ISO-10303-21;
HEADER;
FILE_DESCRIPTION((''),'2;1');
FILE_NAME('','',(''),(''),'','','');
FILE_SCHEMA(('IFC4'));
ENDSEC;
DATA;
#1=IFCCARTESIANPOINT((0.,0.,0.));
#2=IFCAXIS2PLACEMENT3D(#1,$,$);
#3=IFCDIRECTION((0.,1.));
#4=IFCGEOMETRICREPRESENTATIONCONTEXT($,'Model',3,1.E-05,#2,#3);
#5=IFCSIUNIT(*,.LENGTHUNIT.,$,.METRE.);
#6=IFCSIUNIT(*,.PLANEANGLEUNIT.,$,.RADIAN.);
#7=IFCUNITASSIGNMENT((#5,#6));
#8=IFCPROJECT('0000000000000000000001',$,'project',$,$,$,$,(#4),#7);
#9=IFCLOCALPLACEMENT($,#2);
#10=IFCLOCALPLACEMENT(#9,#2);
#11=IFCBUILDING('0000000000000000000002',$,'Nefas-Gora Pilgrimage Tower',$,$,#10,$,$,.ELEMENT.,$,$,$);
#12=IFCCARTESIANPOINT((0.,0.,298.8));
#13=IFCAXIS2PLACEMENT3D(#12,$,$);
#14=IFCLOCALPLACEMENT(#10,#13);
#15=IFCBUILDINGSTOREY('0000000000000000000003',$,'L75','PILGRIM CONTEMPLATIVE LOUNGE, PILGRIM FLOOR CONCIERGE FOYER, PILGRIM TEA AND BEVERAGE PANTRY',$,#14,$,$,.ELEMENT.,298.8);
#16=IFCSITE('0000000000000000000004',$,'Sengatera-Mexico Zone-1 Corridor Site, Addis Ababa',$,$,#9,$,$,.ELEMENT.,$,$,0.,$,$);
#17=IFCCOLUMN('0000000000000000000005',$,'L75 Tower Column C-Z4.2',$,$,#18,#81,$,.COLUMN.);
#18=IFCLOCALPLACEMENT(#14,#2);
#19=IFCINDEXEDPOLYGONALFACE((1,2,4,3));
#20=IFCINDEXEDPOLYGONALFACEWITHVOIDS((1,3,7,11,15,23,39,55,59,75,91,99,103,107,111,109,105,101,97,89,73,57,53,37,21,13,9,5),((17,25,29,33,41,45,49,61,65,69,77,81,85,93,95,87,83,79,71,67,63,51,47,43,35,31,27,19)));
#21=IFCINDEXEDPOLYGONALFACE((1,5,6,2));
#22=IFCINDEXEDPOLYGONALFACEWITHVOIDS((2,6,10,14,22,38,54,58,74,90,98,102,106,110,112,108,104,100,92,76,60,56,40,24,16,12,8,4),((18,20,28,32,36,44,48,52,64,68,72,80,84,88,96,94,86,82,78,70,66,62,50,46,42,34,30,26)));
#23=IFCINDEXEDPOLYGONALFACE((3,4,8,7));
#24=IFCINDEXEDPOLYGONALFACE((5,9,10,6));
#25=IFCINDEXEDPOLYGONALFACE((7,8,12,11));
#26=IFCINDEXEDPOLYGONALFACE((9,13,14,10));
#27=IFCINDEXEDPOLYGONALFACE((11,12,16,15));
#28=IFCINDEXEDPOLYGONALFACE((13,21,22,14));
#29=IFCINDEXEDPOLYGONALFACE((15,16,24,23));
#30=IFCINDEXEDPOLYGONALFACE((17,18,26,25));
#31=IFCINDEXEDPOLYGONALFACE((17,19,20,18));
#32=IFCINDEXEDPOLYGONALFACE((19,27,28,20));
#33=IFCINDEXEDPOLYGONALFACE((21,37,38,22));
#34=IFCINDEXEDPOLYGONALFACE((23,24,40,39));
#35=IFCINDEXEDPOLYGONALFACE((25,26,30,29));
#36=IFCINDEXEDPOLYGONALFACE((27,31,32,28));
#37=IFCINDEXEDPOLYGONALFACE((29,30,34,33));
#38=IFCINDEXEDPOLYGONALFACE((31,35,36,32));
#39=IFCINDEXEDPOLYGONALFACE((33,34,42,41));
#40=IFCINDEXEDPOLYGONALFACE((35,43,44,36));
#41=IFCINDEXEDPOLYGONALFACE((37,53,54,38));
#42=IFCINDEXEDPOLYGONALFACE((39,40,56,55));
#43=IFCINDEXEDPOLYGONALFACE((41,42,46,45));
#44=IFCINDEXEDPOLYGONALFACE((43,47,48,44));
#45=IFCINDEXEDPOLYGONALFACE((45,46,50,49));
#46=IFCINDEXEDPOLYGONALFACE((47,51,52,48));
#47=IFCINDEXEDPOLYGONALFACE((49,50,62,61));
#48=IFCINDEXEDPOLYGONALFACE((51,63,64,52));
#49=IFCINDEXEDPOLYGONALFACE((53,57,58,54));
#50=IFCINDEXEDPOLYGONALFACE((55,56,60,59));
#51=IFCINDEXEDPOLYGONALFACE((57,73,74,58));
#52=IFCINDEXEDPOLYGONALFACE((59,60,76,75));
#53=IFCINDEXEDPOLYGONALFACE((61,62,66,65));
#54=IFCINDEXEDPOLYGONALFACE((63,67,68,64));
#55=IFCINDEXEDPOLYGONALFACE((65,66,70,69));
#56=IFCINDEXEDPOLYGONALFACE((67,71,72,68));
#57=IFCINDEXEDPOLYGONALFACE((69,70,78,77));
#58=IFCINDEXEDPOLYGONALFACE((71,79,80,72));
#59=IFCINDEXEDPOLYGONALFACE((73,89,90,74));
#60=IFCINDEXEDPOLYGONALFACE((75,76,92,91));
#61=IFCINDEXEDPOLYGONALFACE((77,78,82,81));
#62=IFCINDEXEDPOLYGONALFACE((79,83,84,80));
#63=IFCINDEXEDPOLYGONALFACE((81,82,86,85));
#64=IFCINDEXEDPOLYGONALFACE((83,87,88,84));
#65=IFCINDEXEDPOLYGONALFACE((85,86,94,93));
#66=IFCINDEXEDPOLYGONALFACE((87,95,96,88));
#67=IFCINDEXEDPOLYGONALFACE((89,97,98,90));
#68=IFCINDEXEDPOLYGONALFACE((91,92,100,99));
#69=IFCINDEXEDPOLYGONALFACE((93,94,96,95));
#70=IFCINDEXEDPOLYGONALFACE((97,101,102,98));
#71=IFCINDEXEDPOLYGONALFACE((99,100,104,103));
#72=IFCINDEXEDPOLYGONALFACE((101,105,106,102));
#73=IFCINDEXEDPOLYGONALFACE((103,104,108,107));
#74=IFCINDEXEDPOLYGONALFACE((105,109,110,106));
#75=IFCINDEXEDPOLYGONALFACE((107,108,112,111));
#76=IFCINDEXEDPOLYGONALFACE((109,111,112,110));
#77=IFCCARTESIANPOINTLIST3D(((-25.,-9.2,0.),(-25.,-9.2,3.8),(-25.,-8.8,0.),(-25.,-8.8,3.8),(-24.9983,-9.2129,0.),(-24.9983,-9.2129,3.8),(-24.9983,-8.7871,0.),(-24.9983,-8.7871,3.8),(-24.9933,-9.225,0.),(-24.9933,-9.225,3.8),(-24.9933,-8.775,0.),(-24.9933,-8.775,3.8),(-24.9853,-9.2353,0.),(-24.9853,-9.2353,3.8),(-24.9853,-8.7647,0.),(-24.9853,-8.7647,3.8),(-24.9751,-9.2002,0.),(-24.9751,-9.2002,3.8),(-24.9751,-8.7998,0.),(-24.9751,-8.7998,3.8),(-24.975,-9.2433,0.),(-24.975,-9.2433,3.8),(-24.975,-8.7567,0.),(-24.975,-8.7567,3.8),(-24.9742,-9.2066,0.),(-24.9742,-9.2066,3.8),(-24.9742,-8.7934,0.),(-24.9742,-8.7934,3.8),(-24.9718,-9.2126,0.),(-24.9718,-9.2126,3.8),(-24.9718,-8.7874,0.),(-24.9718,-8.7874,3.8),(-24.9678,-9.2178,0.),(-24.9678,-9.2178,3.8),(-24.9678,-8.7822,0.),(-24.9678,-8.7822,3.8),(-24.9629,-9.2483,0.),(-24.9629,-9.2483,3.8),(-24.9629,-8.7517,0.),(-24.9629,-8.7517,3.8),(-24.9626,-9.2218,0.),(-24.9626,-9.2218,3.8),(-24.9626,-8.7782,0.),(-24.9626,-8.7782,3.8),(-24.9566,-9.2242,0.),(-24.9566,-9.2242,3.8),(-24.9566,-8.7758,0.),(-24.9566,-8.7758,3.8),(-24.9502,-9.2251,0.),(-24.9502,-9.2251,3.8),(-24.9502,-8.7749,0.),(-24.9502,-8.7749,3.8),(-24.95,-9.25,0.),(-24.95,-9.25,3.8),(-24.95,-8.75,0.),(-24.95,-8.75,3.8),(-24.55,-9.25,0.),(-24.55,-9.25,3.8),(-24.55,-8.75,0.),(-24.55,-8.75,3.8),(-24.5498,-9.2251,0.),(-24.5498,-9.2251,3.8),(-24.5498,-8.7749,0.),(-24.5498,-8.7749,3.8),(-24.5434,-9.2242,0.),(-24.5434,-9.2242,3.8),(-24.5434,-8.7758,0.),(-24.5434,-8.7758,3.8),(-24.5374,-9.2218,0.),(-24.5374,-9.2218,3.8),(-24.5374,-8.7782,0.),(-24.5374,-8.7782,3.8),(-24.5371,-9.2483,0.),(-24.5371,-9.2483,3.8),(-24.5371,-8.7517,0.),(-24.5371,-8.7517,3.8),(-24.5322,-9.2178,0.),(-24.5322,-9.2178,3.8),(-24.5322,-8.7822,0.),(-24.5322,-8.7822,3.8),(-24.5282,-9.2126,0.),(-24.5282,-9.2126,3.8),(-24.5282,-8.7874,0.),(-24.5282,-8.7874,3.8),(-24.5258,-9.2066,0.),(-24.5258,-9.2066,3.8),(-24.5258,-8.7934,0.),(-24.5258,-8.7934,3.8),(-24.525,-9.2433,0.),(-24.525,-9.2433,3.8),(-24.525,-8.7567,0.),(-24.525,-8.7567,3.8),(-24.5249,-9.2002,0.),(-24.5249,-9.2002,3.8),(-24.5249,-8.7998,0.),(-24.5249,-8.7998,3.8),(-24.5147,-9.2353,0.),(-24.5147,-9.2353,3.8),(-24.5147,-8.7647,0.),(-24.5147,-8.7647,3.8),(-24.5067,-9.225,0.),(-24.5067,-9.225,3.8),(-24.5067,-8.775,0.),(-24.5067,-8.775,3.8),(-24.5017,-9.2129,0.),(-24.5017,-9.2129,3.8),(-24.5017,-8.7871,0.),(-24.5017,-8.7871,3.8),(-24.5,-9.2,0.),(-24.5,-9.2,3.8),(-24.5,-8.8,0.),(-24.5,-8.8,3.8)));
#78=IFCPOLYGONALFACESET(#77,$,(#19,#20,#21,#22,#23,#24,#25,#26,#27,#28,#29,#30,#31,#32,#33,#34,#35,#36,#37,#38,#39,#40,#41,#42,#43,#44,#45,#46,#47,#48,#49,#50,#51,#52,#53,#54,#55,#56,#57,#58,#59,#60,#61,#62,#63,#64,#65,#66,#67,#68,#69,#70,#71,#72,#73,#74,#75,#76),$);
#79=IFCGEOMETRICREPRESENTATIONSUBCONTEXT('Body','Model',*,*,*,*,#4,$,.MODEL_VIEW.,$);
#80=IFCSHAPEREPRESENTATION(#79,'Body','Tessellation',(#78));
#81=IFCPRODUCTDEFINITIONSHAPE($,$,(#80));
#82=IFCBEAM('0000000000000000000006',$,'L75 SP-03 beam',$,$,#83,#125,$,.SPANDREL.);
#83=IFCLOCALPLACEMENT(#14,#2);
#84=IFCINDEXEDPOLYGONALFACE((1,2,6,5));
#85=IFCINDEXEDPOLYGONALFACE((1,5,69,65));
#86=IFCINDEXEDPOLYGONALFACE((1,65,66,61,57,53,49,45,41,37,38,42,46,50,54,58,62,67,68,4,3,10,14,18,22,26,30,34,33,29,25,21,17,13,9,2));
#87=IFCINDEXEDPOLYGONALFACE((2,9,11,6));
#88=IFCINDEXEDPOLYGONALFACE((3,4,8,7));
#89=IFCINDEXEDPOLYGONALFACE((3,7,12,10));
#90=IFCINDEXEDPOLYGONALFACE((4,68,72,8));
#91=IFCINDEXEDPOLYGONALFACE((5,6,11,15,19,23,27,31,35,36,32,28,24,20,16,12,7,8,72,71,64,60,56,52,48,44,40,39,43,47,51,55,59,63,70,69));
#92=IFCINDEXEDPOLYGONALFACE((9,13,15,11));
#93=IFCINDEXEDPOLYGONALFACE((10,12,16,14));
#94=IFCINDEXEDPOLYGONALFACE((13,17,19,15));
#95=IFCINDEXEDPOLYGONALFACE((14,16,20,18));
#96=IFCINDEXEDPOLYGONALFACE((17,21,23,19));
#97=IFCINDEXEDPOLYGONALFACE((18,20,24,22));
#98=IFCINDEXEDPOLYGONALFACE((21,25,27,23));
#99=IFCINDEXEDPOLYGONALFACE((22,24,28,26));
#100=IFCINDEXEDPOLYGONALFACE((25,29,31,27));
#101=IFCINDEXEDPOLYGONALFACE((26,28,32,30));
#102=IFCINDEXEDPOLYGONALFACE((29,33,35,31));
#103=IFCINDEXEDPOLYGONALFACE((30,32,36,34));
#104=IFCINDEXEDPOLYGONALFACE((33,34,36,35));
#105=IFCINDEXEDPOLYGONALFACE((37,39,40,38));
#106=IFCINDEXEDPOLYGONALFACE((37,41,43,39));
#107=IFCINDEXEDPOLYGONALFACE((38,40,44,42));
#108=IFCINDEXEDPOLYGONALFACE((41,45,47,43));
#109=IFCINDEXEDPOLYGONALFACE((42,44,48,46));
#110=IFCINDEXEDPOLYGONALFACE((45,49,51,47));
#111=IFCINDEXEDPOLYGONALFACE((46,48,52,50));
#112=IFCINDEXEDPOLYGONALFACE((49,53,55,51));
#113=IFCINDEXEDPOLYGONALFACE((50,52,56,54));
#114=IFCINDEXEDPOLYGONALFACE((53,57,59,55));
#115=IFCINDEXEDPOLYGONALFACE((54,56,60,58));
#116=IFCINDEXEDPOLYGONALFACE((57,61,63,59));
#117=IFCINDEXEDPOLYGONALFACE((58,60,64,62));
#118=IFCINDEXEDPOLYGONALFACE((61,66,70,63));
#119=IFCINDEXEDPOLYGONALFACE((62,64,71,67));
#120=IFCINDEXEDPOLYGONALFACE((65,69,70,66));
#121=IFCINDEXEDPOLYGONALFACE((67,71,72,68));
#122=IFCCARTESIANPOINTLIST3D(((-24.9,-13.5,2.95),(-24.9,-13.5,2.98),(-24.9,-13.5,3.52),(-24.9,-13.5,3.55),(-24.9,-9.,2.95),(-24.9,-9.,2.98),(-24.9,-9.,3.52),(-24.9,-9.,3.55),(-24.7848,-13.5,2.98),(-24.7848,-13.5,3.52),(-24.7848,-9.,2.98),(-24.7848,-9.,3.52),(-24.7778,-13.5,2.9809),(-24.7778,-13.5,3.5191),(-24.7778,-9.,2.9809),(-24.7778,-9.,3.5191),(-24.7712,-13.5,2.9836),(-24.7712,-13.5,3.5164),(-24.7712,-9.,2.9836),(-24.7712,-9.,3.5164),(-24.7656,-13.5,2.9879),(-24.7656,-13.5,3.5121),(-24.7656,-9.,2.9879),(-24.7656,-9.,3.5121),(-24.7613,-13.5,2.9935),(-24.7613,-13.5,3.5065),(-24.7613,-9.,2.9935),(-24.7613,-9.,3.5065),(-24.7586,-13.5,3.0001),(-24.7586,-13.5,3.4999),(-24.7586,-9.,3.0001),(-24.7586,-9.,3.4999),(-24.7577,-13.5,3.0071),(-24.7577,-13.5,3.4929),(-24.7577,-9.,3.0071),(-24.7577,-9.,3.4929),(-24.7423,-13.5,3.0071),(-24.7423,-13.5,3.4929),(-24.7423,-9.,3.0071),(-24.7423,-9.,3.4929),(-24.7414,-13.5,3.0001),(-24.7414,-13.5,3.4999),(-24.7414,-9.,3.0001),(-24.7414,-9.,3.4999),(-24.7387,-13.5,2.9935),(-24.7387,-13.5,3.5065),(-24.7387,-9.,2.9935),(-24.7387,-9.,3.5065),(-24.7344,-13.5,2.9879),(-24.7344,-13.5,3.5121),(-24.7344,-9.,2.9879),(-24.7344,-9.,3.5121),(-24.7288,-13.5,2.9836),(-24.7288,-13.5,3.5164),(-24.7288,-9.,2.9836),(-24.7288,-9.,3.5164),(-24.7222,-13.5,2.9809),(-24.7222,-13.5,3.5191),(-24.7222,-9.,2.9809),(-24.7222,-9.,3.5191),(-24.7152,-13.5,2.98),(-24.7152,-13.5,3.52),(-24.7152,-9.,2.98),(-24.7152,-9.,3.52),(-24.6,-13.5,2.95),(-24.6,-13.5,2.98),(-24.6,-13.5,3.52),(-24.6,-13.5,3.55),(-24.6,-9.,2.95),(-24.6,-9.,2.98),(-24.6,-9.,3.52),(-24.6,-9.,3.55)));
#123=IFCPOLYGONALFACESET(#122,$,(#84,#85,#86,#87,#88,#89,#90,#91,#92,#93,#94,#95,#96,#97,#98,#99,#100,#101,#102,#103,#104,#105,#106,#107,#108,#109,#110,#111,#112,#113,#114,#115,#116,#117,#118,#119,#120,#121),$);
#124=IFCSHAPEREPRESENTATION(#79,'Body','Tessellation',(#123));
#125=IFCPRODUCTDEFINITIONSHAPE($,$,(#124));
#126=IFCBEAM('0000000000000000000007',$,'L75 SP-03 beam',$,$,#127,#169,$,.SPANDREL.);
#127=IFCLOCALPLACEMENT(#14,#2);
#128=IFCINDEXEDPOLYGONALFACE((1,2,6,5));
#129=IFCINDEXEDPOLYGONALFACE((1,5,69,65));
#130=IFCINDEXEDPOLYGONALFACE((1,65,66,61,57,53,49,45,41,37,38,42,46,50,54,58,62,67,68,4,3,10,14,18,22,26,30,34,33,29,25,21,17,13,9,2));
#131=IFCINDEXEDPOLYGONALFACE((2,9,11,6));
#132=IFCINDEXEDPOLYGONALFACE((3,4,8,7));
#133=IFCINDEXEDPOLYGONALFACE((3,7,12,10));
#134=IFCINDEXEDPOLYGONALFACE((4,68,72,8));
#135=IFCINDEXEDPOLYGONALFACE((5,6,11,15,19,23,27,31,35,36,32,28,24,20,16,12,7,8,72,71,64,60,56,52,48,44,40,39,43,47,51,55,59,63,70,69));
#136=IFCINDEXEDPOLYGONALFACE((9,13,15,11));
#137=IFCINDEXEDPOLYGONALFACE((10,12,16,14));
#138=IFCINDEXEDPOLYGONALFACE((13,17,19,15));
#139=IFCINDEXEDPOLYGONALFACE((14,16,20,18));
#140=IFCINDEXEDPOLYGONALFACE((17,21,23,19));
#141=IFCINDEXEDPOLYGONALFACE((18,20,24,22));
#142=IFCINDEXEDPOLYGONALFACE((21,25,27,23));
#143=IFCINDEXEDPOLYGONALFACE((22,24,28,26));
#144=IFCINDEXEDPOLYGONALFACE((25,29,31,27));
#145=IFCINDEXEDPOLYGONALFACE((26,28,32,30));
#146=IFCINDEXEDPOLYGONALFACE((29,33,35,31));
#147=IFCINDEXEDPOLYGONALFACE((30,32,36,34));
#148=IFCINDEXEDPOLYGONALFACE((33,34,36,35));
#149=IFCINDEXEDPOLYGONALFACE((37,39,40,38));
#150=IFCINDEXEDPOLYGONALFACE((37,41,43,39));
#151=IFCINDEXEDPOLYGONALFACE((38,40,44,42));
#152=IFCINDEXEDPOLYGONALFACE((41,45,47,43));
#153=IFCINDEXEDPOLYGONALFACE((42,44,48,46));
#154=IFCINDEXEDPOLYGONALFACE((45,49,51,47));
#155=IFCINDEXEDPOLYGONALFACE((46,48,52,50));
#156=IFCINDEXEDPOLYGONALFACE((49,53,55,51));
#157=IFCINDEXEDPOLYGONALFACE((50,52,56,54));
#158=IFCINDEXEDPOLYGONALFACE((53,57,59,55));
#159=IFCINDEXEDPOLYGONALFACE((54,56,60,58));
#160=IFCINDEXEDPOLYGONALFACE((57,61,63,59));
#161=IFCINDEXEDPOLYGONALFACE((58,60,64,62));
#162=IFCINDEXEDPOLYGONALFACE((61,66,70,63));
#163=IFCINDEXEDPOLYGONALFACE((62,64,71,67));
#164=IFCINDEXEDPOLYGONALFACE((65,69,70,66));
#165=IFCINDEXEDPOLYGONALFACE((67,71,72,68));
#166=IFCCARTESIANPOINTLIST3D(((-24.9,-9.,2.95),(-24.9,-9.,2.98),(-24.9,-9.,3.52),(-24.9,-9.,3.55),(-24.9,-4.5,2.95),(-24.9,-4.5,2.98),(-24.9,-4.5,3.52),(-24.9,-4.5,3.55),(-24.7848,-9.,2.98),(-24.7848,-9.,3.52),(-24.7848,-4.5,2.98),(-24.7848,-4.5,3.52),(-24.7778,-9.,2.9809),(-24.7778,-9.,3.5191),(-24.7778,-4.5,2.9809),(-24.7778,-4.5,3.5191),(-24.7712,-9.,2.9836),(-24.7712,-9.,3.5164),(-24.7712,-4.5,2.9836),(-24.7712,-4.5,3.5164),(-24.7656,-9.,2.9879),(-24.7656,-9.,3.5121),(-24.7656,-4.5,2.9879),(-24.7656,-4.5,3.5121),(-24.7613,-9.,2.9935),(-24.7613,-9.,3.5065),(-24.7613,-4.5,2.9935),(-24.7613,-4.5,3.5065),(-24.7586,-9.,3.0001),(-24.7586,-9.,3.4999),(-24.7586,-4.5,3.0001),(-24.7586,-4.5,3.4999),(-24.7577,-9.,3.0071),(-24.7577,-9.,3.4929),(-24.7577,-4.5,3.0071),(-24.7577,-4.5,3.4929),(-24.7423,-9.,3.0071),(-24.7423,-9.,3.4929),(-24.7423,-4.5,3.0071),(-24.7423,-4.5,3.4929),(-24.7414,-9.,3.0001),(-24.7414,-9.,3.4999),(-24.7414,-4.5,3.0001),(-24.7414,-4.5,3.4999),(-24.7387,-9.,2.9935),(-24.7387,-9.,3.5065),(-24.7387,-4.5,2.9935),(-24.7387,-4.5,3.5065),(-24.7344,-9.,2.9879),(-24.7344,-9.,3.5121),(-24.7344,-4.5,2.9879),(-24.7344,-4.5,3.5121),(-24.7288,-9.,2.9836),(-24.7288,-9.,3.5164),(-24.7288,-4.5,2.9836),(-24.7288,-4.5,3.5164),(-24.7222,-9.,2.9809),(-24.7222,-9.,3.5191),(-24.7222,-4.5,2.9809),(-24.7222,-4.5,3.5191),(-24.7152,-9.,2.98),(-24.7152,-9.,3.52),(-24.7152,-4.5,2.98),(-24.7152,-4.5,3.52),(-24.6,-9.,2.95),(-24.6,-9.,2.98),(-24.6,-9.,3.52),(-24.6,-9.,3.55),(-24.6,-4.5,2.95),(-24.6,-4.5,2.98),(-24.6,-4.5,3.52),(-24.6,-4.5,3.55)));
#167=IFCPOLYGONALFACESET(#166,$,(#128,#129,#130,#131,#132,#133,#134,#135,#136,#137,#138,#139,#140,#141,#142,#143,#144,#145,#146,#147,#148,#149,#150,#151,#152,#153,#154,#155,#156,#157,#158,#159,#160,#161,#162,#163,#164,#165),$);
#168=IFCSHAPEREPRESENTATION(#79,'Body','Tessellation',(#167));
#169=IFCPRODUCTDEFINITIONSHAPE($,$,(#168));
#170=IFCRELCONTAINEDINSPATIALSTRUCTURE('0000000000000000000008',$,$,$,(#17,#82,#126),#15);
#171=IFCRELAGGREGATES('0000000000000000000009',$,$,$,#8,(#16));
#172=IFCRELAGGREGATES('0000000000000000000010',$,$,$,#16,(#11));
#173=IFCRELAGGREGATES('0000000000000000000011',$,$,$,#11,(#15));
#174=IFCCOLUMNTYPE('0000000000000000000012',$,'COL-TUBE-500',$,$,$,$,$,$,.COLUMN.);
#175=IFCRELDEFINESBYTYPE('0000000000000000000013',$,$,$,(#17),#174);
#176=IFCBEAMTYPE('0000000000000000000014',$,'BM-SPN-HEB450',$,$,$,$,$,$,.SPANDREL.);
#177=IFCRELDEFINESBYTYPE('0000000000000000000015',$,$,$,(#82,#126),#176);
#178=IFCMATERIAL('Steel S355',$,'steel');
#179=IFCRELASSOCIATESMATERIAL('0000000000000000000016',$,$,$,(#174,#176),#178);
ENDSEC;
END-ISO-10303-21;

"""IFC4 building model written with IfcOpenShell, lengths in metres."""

from ifc_helpers import new_model, si_unit, direction, frame, origin, origin_2d, place, context, subcontext, project, spatial, hollow_rectangle, i_section, extrude, source, transform, mapped, material, material_profile, profile_set, type_object, element, save


model = new_model("IFC4")

# Units and contexts
model_context = context("Model", 3, precision=1e-05, world=origin(), true_north=direction((0.0, 1.0)))
body_context = subcontext(model_context, "Body", "Model", "MODEL_VIEW")
ifc_project = project(units=[si_unit("LENGTHUNIT", "METRE"), si_unit("PLANEANGLEUNIT", "RADIAN")], contexts=[model_context])

# Site, building, storey
site_placement = place(None, origin())
site = spatial("IfcSite", under=ifc_project, at=site_placement, Name="Sengatera-Mexico Zone-1 Corridor Site, Addis Ababa", CompositionType="ELEMENT", RefElevation=0.0)
building_placement = place(site_placement, origin())
building = spatial("IfcBuilding", under=site, at=building_placement, Name="Nefas-Gora Pilgrimage Tower", CompositionType="ELEMENT")
storey_placement = place(building_placement, frame((0.0, 0.0, 298.8)))
storey = spatial("IfcBuildingStorey", under=building, at=storey_placement, Name="L75", Description="PILGRIM CONTEMPLATIVE LOUNGE, PILGRIM FLOOR CONCIERGE FOYER, PILGRIM TEA AND BEVERAGE PANTRY", CompositionType="ELEMENT", Elevation=298.8)

# Column
ifc_material_1 = material(Name="Steel S355", Category="steel")
ifc_material_profile_1 = material_profile(ifc_material_1, hollow_rectangle(XDim=0.5, YDim=0.5, WallThickness=0.0249, InnerFilletRadius=0.0249, OuterFilletRadius=0.05, at=origin_2d()), Name="SHS 500x500x25")
ifc_profile_set_1 = profile_set([ifc_material_profile_1], Name="Steel S355")
column_type_1 = type_object("IfcColumnType", Name="COL-TUBE-500", PredefinedType="COLUMN", material=ifc_profile_set_1)
shared_shape_1 = source(origin(), body_context, "Body", "SweptSolid", [
    extrude(hollow_rectangle(XDim=0.5, YDim=0.5, WallThickness=0.0249, InnerFilletRadius=0.0249, OuterFilletRadius=0.05, at=origin_2d()), origin(), (0.0, 0.0, 1.0), 3.8),
])
for number, where, z_axis, x_axis, name in (
    (1, (-24.75, -9.0, 0.0), (0.0, 0.0, 1.0), (1.0, 0.0, 0.0), "L75 Tower Column C-Z4.2"),
):
    element("IfcColumn", number, at=place(storey_placement, frame(where, z_axis=z_axis, x_axis=x_axis)), inside=storey, type_object=column_type_1, Name=name, PredefinedType="COLUMN", context=body_context, shape_type="MappedRepresentation", body=[
        mapped(shared_shape_1, transform((0.0, 0.0, 0.0), x_axis=(1.0, 0.0, 0.0), y_axis=(0.0, 1.0, 0.0), z_axis=(0.0, 0.0, 1.0), scale=1.0)),
    ])

# Beams
ifc_material_profile_2 = material_profile(ifc_material_1, i_section(OverallWidth=0.3, OverallDepth=0.6001, WebThickness=0.0154, FlangeThickness=0.03, FilletRadius=0.0271, at=origin_2d()), Name="HEB 600")
ifc_profile_set_2 = profile_set([ifc_material_profile_2], Name="Steel S355")
beam_type_1 = type_object("IfcBeamType", Name="BM-SPN-HEB450", PredefinedType="SPANDREL", material=ifc_profile_set_2)
shared_shape_2 = source(origin(), body_context, "Body", "SweptSolid", [
    extrude(i_section(OverallWidth=0.3, OverallDepth=0.6001, WebThickness=0.0154, FlangeThickness=0.03, FilletRadius=0.0271, at=origin_2d()), origin(), (0.0, 0.0, 1.0), 4.5),
])
for number, where, z_axis, x_axis, name in (
    (2, (-24.75, -13.5, 3.25), (0.0, 1.0, 0.0), (-1.0, 0.0, 0.0), "L75 SP-03 beam"),
    (3, (-24.75, -9.0, 3.25), (0.0, 1.0, 0.0), (-1.0, 0.0, 0.0), "L75 SP-03 beam"),
):
    element("IfcBeam", number, at=place(storey_placement, frame(where, z_axis=z_axis, x_axis=x_axis)), inside=storey, type_object=beam_type_1, Name=name, PredefinedType="SPANDREL", context=body_context, shape_type="MappedRepresentation", body=[
        mapped(shared_shape_2, transform((0.0, 0.0, 0.0), x_axis=(1.0, 0.0, 0.0), y_axis=(0.0, 1.0, 0.0), z_axis=(0.0, 0.0, 1.0), scale=1.0)),
    ])

save(model, "model.ifc")
